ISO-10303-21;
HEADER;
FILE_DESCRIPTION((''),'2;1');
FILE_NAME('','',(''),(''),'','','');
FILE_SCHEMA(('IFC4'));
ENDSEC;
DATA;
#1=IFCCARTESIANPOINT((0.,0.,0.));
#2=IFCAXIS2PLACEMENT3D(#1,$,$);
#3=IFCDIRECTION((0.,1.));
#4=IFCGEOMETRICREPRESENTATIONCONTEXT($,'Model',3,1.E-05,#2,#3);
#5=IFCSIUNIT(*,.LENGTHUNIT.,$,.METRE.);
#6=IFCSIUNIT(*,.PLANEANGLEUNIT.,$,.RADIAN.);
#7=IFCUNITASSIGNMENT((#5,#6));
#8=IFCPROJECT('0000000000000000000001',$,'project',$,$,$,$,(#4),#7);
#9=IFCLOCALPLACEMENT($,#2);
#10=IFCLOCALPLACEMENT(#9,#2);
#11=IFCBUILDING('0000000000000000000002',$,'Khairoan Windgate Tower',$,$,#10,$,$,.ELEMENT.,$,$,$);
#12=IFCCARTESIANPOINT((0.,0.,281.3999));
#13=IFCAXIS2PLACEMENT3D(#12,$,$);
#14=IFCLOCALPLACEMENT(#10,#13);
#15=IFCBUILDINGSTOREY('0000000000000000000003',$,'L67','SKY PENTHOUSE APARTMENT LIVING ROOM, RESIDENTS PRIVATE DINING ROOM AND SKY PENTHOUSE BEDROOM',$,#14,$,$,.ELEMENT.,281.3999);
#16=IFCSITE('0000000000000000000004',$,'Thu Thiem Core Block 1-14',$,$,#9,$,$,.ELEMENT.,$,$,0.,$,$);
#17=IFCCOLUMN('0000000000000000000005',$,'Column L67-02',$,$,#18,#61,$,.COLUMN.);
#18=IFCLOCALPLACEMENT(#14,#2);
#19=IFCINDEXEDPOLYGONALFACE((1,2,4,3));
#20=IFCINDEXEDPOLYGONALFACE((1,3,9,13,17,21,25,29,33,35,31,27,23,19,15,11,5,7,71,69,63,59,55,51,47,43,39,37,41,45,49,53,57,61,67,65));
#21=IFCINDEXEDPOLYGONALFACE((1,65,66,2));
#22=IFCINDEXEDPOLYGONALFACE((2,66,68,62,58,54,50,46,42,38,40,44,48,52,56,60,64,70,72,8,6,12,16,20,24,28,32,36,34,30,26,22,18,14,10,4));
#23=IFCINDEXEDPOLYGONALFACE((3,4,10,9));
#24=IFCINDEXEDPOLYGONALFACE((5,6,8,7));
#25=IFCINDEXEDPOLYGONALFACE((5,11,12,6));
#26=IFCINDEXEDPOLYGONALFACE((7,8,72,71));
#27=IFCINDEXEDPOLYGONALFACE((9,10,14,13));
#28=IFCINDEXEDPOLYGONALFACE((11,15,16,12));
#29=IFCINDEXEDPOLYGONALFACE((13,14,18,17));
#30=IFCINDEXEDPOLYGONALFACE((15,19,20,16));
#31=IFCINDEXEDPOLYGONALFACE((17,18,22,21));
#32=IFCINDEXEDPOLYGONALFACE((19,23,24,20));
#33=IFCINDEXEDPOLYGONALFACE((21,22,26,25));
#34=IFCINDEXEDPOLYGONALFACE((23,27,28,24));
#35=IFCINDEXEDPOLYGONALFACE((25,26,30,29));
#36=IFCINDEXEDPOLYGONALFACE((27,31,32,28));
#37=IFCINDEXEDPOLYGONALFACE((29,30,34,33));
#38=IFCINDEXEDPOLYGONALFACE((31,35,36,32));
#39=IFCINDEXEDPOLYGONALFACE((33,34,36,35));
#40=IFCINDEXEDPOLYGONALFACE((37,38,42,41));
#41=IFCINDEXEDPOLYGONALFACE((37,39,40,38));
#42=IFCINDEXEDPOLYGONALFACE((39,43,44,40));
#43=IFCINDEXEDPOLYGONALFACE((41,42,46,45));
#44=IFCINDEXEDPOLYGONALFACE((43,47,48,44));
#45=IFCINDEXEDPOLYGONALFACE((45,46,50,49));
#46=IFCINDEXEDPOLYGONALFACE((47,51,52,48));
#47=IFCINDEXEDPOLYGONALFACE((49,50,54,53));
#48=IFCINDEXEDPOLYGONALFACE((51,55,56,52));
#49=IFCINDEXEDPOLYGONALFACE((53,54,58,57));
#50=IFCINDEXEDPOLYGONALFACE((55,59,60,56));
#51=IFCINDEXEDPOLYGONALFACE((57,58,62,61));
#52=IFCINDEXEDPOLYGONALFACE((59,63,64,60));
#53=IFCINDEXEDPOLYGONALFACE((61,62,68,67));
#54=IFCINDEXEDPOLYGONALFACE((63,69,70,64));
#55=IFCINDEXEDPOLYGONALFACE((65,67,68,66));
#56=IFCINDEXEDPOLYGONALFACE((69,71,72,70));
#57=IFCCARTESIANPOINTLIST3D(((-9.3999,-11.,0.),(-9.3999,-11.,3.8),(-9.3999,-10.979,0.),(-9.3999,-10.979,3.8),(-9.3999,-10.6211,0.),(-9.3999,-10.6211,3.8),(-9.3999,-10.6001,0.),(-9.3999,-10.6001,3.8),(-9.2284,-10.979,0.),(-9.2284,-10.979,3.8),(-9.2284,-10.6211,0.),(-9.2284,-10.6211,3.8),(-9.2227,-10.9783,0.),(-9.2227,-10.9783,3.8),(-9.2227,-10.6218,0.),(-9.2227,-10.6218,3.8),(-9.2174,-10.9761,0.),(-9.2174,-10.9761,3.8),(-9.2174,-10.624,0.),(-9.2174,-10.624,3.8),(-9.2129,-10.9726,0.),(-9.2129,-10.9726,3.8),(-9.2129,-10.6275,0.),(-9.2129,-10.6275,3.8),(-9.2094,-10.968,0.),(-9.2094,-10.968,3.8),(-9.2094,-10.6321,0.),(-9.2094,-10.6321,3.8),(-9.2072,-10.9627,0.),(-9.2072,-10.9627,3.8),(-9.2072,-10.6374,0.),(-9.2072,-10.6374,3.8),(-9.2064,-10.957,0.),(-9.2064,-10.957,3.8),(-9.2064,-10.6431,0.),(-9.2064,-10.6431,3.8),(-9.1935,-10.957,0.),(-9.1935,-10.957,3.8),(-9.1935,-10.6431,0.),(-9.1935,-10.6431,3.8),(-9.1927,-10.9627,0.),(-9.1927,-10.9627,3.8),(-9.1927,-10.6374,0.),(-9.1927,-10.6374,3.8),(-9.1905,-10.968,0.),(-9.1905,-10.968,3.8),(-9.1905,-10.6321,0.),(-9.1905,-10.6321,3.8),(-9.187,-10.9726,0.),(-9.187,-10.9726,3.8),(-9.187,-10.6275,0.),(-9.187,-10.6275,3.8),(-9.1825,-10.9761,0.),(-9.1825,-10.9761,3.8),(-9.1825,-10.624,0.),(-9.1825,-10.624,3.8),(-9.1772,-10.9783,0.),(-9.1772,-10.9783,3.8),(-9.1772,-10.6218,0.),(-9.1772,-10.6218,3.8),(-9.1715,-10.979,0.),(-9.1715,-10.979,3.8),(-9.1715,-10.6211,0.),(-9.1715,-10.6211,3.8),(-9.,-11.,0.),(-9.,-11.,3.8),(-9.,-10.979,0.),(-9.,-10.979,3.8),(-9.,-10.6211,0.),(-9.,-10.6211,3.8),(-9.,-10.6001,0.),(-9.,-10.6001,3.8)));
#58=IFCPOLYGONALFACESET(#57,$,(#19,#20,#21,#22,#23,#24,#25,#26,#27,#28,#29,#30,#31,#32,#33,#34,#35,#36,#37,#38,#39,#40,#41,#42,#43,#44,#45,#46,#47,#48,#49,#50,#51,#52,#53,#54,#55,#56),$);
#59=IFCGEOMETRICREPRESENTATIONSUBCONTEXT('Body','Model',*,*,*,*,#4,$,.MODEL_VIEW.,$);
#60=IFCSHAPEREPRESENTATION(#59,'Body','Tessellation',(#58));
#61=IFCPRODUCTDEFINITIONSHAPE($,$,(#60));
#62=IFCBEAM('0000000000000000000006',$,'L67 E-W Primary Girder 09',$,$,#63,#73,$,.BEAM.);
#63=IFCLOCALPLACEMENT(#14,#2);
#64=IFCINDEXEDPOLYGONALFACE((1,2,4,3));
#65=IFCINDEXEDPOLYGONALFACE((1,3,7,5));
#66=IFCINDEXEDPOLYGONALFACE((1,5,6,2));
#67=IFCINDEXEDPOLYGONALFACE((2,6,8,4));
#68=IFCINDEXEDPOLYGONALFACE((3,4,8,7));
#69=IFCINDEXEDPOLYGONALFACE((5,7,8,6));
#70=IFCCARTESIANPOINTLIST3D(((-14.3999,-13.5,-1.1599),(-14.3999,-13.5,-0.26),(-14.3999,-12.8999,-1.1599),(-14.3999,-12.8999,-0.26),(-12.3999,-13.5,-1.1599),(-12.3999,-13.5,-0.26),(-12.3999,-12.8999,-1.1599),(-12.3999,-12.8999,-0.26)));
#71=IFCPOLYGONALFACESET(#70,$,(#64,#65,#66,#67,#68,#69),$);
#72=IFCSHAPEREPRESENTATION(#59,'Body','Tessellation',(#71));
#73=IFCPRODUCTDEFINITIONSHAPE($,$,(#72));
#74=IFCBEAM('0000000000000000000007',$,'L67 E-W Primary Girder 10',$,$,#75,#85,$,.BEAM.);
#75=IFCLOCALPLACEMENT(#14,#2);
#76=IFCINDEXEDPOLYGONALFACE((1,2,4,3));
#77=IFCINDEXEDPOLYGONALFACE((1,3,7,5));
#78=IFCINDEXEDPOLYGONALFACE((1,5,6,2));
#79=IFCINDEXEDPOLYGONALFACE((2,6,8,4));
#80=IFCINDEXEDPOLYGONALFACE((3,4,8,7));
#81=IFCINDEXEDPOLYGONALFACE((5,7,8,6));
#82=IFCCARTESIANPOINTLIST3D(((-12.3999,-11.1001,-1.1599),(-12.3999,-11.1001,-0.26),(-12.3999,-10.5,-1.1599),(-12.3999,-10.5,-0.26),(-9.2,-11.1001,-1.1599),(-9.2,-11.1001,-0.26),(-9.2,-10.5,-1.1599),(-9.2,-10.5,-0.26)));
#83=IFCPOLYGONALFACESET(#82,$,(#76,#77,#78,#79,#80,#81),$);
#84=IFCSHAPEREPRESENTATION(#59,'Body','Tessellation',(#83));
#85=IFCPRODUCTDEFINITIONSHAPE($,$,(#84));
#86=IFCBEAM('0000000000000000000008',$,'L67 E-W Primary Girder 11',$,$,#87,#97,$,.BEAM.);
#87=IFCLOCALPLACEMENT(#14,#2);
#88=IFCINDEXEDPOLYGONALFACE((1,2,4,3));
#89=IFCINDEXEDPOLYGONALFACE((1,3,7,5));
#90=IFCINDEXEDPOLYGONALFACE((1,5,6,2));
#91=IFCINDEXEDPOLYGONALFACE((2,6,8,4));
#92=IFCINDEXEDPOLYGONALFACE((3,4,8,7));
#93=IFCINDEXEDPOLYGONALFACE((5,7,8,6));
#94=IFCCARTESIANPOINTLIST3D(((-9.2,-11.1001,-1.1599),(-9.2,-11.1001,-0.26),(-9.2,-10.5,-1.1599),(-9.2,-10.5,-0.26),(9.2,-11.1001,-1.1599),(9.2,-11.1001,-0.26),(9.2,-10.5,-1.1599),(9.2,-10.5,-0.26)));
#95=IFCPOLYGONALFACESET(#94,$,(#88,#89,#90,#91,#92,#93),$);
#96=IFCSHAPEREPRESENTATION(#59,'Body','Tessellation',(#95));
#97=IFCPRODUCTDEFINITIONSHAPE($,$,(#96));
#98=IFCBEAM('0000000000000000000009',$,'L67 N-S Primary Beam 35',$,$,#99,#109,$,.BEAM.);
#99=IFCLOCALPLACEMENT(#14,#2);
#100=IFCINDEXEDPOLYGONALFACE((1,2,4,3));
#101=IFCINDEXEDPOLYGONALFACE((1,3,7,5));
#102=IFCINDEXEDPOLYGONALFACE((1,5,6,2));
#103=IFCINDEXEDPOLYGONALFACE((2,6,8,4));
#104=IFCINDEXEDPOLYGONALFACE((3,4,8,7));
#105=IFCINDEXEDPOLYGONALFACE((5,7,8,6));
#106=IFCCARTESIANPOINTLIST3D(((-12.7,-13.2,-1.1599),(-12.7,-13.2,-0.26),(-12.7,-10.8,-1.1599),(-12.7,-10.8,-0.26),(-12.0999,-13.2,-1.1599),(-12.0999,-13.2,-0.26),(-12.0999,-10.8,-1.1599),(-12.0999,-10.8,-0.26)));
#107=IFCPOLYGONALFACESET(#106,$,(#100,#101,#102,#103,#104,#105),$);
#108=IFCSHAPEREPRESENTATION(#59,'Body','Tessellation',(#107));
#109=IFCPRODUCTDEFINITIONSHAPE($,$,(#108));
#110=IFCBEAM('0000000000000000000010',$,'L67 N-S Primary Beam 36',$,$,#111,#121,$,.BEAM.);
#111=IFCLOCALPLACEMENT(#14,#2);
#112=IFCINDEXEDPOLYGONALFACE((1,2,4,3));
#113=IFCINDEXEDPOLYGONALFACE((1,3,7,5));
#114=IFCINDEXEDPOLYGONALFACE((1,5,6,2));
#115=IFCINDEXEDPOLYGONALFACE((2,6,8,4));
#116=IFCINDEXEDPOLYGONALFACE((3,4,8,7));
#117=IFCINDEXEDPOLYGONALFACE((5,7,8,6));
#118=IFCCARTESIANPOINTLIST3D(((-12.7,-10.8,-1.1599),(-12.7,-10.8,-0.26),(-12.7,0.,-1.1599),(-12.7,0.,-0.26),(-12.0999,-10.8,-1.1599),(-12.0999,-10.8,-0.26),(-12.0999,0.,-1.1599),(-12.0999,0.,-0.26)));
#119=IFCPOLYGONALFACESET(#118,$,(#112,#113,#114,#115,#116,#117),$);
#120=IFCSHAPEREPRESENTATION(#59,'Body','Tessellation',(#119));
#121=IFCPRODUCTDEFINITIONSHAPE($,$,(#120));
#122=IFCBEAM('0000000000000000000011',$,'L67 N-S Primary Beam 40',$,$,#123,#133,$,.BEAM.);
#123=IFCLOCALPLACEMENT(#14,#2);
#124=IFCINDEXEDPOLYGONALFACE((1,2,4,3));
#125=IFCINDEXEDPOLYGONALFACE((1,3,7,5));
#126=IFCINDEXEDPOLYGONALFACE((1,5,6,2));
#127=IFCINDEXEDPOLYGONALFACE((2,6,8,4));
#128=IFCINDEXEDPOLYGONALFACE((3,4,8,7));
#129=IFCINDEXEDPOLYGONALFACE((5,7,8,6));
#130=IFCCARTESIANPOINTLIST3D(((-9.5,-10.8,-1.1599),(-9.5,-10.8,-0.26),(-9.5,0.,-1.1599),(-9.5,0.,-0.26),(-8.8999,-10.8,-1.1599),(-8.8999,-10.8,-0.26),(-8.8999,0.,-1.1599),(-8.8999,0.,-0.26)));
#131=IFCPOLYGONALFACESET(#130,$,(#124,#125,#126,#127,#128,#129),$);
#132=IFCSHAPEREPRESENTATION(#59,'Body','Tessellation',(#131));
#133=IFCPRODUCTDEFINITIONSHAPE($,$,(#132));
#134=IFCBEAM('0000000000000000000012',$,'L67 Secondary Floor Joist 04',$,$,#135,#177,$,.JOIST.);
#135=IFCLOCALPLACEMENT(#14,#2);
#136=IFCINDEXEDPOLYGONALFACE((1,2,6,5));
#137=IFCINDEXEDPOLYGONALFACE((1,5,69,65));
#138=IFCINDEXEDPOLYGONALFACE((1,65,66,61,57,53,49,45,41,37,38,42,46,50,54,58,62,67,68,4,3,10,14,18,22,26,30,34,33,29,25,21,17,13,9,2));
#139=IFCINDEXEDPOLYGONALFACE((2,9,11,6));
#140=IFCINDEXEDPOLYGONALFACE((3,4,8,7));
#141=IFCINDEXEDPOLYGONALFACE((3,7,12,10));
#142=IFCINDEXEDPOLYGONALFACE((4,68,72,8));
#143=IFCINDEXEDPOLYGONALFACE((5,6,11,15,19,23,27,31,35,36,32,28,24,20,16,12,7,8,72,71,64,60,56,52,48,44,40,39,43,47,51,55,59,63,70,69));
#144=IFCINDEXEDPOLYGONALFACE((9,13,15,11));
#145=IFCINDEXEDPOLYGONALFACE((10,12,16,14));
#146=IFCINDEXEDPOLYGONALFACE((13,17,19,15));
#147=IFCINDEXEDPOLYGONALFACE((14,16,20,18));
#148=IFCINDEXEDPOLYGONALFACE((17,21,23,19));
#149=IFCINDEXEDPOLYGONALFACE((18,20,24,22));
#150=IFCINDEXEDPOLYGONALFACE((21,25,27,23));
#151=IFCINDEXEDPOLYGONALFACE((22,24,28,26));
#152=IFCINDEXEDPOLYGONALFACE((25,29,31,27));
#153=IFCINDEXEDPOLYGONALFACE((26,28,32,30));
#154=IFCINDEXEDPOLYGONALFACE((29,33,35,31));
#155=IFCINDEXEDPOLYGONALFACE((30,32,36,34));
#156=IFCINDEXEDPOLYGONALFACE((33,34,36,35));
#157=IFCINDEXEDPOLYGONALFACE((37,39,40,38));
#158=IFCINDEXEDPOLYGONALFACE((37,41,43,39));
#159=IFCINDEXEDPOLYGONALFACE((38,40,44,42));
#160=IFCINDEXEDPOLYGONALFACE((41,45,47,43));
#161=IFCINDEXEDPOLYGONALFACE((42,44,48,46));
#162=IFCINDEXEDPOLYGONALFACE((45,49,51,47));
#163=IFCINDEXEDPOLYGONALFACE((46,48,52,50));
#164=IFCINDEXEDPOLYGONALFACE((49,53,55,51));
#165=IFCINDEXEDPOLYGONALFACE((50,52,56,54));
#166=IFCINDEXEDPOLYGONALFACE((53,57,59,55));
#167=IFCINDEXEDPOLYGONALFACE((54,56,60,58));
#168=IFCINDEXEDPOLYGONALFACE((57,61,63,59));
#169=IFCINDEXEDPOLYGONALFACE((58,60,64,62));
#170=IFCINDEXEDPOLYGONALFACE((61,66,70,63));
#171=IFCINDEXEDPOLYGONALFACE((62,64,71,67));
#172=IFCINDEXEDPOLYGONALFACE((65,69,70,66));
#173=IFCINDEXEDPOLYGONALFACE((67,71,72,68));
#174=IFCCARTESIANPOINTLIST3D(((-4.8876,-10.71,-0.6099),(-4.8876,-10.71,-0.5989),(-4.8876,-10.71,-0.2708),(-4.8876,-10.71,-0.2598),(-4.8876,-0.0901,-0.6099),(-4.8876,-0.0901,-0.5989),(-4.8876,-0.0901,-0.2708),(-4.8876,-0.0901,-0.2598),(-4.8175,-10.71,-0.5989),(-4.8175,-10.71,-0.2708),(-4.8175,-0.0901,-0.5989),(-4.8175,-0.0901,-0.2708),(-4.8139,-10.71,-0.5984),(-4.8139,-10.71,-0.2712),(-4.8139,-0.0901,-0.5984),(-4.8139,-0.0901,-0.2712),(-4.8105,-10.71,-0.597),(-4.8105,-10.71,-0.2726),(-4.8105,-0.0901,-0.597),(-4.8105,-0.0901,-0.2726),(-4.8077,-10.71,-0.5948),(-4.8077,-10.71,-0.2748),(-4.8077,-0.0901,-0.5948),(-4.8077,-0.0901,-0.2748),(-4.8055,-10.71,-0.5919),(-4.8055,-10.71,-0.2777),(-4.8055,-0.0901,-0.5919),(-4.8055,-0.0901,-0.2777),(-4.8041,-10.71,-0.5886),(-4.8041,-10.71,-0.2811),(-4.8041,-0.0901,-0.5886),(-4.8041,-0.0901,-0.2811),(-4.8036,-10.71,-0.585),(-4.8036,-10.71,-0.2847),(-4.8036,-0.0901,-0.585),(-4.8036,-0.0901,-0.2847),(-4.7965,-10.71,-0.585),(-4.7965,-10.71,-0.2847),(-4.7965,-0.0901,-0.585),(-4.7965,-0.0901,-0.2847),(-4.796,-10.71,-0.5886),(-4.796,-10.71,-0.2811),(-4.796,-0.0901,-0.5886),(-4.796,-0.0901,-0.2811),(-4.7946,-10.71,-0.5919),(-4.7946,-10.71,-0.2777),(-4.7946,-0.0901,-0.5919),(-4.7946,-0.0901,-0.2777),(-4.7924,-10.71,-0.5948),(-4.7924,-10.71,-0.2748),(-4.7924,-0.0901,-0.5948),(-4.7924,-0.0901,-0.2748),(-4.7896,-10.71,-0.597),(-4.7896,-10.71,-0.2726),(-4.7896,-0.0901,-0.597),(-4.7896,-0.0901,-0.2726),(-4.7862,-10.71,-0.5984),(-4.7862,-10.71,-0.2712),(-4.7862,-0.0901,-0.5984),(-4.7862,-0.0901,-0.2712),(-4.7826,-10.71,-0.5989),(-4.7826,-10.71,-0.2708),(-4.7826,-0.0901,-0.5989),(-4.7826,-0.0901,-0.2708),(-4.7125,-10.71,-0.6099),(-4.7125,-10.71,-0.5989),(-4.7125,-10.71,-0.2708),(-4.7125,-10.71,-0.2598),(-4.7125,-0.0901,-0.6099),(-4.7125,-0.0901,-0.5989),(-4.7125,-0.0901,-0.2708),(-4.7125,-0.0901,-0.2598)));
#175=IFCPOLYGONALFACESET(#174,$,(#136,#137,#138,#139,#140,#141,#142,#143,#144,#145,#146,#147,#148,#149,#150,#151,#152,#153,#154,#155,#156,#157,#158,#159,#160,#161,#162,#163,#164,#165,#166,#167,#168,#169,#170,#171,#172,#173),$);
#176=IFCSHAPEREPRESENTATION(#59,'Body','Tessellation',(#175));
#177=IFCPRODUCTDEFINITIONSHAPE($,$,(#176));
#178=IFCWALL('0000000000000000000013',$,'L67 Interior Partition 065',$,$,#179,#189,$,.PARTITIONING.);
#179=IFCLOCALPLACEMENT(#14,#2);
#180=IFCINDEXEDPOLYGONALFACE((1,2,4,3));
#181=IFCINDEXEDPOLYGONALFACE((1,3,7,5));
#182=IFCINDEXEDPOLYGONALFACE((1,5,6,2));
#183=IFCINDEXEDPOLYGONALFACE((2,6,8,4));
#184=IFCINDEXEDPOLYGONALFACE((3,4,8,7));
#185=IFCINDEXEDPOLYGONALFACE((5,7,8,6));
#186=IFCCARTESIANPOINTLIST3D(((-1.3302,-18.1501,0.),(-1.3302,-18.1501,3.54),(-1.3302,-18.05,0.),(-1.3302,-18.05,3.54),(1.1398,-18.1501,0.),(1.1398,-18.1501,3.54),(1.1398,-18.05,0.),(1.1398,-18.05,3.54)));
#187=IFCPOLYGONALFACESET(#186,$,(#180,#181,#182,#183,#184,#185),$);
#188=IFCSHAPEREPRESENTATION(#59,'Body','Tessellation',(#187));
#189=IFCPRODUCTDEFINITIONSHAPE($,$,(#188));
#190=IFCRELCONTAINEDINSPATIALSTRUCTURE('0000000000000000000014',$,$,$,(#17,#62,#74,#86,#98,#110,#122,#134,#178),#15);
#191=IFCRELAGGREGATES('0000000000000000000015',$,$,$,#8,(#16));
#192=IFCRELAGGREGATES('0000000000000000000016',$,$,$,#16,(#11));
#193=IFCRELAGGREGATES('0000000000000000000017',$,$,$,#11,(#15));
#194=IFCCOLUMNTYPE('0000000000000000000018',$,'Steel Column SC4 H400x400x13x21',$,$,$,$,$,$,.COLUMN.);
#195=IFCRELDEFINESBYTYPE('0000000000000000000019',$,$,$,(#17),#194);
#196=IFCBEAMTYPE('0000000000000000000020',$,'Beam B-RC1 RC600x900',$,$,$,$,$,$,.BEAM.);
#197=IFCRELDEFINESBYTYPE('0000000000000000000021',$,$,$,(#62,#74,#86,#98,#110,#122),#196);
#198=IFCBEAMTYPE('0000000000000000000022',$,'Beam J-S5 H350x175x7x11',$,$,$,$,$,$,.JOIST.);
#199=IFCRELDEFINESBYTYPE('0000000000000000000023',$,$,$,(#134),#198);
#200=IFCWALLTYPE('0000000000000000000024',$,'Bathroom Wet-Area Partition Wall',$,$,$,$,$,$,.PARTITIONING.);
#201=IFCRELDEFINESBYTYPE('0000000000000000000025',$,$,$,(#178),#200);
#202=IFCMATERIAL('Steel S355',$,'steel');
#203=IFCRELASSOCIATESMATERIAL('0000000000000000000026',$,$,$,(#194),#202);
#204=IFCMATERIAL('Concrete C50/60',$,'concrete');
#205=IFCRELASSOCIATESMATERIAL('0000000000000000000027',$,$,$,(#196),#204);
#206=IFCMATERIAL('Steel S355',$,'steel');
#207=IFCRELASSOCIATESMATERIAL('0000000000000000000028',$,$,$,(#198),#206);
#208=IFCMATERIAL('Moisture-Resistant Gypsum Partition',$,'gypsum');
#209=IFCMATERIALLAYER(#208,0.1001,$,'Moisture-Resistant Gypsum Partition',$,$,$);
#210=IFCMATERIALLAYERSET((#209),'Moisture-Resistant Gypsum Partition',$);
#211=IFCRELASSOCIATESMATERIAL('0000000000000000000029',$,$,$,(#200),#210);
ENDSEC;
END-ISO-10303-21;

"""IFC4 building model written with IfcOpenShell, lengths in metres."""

from ifc_helpers import new_model, si_unit, direction, frame, frame_2d, origin, origin_2d, place, context, subcontext, project, spatial, rectangle, i_section, extrude, material, layer, layer_set, material_profile, profile_set, type_object, element, save


model = new_model("IFC4")

# Units and contexts
model_context = context("Model", 3, precision=1e-05, world=origin(), true_north=direction((0.0, 1.0)))
body_context = subcontext(model_context, "Body", "Model", "MODEL_VIEW")
ifc_project = project(units=[si_unit("LENGTHUNIT", "METRE"), si_unit("PLANEANGLEUNIT", "RADIAN")], contexts=[model_context])

# Site, building, storey
site_placement = place(None, origin())
site = spatial("IfcSite", under=ifc_project, at=site_placement, Name="Thu Thiem Core Block 1-14", CompositionType="ELEMENT", RefElevation=0.0)
building_placement = place(site_placement, origin())
building = spatial("IfcBuilding", under=site, at=building_placement, Name="Khairoan Windgate Tower", CompositionType="ELEMENT")
storey_placement = place(building_placement, frame((0.0, 0.0, 281.3999)))
storey = spatial("IfcBuildingStorey", under=building, at=storey_placement, Name="L67", Description="SKY PENTHOUSE APARTMENT LIVING ROOM, RESIDENTS PRIVATE DINING ROOM AND SKY PENTHOUSE BEDROOM", CompositionType="ELEMENT", Elevation=281.3999)

# Column
ifc_material_1 = material(Name="Steel S355", Category="steel")
ifc_material_profile_1 = material_profile(ifc_material_1, i_section(OverallWidth=0.3999, OverallDepth=0.3999, WebThickness=0.0129, FlangeThickness=0.021, FilletRadius=0.022, at=origin_2d()))
ifc_profile_set_1 = profile_set([ifc_material_profile_1], Name="Steel S355")
column_type = type_object("IfcColumnType", Name="Steel Column SC4 H400x400x13x21", PredefinedType="COLUMN", material=ifc_profile_set_1)
column_placement = place(storey_placement, frame((-9.2, -10.8, 0.0), z_axis=(0.0, 0.0, 1.0), x_axis=(1.0, 0.0, 0.0)))
element("IfcColumn", 1, at=column_placement, inside=storey, type_object=column_type, Name="Column L67-02", PredefinedType="COLUMN", context=body_context, shape_type="SweptSolid", body=[
    extrude(i_section(OverallWidth=0.3999, OverallDepth=0.3999, WebThickness=0.0129, FlangeThickness=0.021, FilletRadius=0.022, at=origin_2d()), origin(), (0.0, 0.0, 1.0), 3.8),
])

# Beams
ifc_material_2 = material(Name="Concrete C50/60", Category="concrete")
ifc_material_profile_2 = material_profile(ifc_material_2, rectangle(XDim=0.6001, YDim=0.8999, at=origin_2d()))
ifc_profile_set_2 = profile_set([ifc_material_profile_2], Name="Concrete C50/60")
beam_type_1 = type_object("IfcBeamType", Name="Beam B-RC1 RC600x900", PredefinedType="BEAM", material=ifc_profile_set_2)
beam_1_placement = place(storey_placement, frame((-14.3999, -13.2, -0.71), z_axis=(1.0, 0.0, 0.0), x_axis=(0.0, 1.0, 0.0)))
element("IfcBeam", 2, at=beam_1_placement, inside=storey, type_object=beam_type_1, Name="L67 E-W Primary Girder 09", PredefinedType="BEAM", context=body_context, shape_type="SweptSolid", body=[
    extrude(rectangle(XDim=0.6001, YDim=0.8999, at=origin_2d()), origin(), (0.0, 0.0, 1.0), 2.0),
])
beam_2_placement = place(storey_placement, frame((-12.3999, -10.8, -0.71), z_axis=(1.0, 0.0, 0.0), x_axis=(0.0, 1.0, 0.0)))
element("IfcBeam", 3, at=beam_2_placement, inside=storey, type_object=beam_type_1, Name="L67 E-W Primary Girder 10", PredefinedType="BEAM", context=body_context, shape_type="SweptSolid", body=[
    extrude(rectangle(XDim=0.6001, YDim=0.8999, at=origin_2d()), origin(), (0.0, 0.0, 1.0), 3.2),
])
beam_3_placement = place(storey_placement, frame((-9.2, -10.8, -0.71), z_axis=(1.0, 0.0, 0.0), x_axis=(0.0, 1.0, 0.0)))
element("IfcBeam", 4, at=beam_3_placement, inside=storey, type_object=beam_type_1, Name="L67 E-W Primary Girder 11", PredefinedType="BEAM", context=body_context, shape_type="SweptSolid", body=[
    extrude(rectangle(XDim=0.6001, YDim=0.8999, at=origin_2d()), origin(), (0.0, 0.0, 1.0), 18.3999),
])
beam_4_placement = place(storey_placement, frame((-12.3999, -13.2, -0.71), z_axis=(0.0, 1.0, 0.0), x_axis=(-1.0, 0.0, 0.0)))
element("IfcBeam", 5, at=beam_4_placement, inside=storey, type_object=beam_type_1, Name="L67 N-S Primary Beam 35", PredefinedType="BEAM", context=body_context, shape_type="SweptSolid", body=[
    extrude(rectangle(XDim=0.6001, YDim=0.8999, at=origin_2d()), origin(), (0.0, 0.0, 1.0), 2.3999),
])
for number, where, z_axis, x_axis, name in (
    (6, (-12.3999, -10.8, -0.71), (0.0, 1.0, 0.0), (-1.0, 0.0, 0.0), "L67 N-S Primary Beam 36"),
    (7, (-9.2, -10.8, -0.71), (0.0, 1.0, 0.0), (-1.0, 0.0, 0.0), "L67 N-S Primary Beam 40"),
):
    element("IfcBeam", number, at=place(storey_placement, frame(where, z_axis=z_axis, x_axis=x_axis)), inside=storey, type_object=beam_type_1, Name=name, PredefinedType="BEAM", context=body_context, shape_type="SweptSolid", body=[
        extrude(rectangle(XDim=0.6001, YDim=0.8999, at=origin_2d()), origin(), (0.0, 0.0, 1.0), 10.8),
    ])
ifc_material_3 = material(Name="Steel S355", Category="steel")
ifc_material_profile_3 = material_profile(ifc_material_3, i_section(OverallWidth=0.175, OverallDepth=0.3501, WebThickness=0.0071, FlangeThickness=0.011, FilletRadius=0.0139, at=origin_2d()))
ifc_profile_set_3 = profile_set([ifc_material_profile_3], Name="Steel S355")
beam_type_2 = type_object("IfcBeamType", Name="Beam J-S5 H350x175x7x11", PredefinedType="JOIST", material=ifc_profile_set_3)
beam_5_placement = place(storey_placement, frame((-4.8, -10.71, -0.4348), z_axis=(0.0, 1.0, 0.0), x_axis=(-1.0, 0.0, 0.0)))
element("IfcBeam", 8, at=beam_5_placement, inside=storey, type_object=beam_type_2, Name="L67 Secondary Floor Joist 04", PredefinedType="JOIST", context=body_context, shape_type="SweptSolid", body=[
    extrude(i_section(OverallWidth=0.175, OverallDepth=0.3501, WebThickness=0.0071, FlangeThickness=0.011, FilletRadius=0.0139, at=origin_2d()), origin(), (0.0, 0.0, 1.0), 10.6199),
])

# Wall
ifc_material_4 = material(Name="Moisture-Resistant Gypsum Partition", Category="gypsum")
ifc_layer_1 = layer(ifc_material_4, 0.1001, Name="Moisture-Resistant Gypsum Partition")
ifc_layer_set_1 = layer_set([ifc_layer_1], Name="Moisture-Resistant Gypsum Partition")
wall_type_1 = type_object("IfcWallType", Name="Bathroom Wet-Area Partition Wall", PredefinedType="PARTITIONING", material=ifc_layer_set_1)
wall_1_placement = place(storey_placement, frame((-1.3301, -18.1001, 0.0), z_axis=(0.0, 0.0, 1.0), x_axis=(1.0, 0.0, 0.0)))
element("IfcWall", 9, at=wall_1_placement, inside=storey, type_object=wall_type_1, Name="L67 Interior Partition 065", PredefinedType="PARTITIONING", context=body_context, shape_type="SweptSolid", body=[
    extrude(rectangle(XDim=2.47, YDim=0.1001, at=frame_2d((1.2349, 0.0))), origin(), (0.0, 0.0, 1.0), 3.54),
])

save(model, "model.ifc")
